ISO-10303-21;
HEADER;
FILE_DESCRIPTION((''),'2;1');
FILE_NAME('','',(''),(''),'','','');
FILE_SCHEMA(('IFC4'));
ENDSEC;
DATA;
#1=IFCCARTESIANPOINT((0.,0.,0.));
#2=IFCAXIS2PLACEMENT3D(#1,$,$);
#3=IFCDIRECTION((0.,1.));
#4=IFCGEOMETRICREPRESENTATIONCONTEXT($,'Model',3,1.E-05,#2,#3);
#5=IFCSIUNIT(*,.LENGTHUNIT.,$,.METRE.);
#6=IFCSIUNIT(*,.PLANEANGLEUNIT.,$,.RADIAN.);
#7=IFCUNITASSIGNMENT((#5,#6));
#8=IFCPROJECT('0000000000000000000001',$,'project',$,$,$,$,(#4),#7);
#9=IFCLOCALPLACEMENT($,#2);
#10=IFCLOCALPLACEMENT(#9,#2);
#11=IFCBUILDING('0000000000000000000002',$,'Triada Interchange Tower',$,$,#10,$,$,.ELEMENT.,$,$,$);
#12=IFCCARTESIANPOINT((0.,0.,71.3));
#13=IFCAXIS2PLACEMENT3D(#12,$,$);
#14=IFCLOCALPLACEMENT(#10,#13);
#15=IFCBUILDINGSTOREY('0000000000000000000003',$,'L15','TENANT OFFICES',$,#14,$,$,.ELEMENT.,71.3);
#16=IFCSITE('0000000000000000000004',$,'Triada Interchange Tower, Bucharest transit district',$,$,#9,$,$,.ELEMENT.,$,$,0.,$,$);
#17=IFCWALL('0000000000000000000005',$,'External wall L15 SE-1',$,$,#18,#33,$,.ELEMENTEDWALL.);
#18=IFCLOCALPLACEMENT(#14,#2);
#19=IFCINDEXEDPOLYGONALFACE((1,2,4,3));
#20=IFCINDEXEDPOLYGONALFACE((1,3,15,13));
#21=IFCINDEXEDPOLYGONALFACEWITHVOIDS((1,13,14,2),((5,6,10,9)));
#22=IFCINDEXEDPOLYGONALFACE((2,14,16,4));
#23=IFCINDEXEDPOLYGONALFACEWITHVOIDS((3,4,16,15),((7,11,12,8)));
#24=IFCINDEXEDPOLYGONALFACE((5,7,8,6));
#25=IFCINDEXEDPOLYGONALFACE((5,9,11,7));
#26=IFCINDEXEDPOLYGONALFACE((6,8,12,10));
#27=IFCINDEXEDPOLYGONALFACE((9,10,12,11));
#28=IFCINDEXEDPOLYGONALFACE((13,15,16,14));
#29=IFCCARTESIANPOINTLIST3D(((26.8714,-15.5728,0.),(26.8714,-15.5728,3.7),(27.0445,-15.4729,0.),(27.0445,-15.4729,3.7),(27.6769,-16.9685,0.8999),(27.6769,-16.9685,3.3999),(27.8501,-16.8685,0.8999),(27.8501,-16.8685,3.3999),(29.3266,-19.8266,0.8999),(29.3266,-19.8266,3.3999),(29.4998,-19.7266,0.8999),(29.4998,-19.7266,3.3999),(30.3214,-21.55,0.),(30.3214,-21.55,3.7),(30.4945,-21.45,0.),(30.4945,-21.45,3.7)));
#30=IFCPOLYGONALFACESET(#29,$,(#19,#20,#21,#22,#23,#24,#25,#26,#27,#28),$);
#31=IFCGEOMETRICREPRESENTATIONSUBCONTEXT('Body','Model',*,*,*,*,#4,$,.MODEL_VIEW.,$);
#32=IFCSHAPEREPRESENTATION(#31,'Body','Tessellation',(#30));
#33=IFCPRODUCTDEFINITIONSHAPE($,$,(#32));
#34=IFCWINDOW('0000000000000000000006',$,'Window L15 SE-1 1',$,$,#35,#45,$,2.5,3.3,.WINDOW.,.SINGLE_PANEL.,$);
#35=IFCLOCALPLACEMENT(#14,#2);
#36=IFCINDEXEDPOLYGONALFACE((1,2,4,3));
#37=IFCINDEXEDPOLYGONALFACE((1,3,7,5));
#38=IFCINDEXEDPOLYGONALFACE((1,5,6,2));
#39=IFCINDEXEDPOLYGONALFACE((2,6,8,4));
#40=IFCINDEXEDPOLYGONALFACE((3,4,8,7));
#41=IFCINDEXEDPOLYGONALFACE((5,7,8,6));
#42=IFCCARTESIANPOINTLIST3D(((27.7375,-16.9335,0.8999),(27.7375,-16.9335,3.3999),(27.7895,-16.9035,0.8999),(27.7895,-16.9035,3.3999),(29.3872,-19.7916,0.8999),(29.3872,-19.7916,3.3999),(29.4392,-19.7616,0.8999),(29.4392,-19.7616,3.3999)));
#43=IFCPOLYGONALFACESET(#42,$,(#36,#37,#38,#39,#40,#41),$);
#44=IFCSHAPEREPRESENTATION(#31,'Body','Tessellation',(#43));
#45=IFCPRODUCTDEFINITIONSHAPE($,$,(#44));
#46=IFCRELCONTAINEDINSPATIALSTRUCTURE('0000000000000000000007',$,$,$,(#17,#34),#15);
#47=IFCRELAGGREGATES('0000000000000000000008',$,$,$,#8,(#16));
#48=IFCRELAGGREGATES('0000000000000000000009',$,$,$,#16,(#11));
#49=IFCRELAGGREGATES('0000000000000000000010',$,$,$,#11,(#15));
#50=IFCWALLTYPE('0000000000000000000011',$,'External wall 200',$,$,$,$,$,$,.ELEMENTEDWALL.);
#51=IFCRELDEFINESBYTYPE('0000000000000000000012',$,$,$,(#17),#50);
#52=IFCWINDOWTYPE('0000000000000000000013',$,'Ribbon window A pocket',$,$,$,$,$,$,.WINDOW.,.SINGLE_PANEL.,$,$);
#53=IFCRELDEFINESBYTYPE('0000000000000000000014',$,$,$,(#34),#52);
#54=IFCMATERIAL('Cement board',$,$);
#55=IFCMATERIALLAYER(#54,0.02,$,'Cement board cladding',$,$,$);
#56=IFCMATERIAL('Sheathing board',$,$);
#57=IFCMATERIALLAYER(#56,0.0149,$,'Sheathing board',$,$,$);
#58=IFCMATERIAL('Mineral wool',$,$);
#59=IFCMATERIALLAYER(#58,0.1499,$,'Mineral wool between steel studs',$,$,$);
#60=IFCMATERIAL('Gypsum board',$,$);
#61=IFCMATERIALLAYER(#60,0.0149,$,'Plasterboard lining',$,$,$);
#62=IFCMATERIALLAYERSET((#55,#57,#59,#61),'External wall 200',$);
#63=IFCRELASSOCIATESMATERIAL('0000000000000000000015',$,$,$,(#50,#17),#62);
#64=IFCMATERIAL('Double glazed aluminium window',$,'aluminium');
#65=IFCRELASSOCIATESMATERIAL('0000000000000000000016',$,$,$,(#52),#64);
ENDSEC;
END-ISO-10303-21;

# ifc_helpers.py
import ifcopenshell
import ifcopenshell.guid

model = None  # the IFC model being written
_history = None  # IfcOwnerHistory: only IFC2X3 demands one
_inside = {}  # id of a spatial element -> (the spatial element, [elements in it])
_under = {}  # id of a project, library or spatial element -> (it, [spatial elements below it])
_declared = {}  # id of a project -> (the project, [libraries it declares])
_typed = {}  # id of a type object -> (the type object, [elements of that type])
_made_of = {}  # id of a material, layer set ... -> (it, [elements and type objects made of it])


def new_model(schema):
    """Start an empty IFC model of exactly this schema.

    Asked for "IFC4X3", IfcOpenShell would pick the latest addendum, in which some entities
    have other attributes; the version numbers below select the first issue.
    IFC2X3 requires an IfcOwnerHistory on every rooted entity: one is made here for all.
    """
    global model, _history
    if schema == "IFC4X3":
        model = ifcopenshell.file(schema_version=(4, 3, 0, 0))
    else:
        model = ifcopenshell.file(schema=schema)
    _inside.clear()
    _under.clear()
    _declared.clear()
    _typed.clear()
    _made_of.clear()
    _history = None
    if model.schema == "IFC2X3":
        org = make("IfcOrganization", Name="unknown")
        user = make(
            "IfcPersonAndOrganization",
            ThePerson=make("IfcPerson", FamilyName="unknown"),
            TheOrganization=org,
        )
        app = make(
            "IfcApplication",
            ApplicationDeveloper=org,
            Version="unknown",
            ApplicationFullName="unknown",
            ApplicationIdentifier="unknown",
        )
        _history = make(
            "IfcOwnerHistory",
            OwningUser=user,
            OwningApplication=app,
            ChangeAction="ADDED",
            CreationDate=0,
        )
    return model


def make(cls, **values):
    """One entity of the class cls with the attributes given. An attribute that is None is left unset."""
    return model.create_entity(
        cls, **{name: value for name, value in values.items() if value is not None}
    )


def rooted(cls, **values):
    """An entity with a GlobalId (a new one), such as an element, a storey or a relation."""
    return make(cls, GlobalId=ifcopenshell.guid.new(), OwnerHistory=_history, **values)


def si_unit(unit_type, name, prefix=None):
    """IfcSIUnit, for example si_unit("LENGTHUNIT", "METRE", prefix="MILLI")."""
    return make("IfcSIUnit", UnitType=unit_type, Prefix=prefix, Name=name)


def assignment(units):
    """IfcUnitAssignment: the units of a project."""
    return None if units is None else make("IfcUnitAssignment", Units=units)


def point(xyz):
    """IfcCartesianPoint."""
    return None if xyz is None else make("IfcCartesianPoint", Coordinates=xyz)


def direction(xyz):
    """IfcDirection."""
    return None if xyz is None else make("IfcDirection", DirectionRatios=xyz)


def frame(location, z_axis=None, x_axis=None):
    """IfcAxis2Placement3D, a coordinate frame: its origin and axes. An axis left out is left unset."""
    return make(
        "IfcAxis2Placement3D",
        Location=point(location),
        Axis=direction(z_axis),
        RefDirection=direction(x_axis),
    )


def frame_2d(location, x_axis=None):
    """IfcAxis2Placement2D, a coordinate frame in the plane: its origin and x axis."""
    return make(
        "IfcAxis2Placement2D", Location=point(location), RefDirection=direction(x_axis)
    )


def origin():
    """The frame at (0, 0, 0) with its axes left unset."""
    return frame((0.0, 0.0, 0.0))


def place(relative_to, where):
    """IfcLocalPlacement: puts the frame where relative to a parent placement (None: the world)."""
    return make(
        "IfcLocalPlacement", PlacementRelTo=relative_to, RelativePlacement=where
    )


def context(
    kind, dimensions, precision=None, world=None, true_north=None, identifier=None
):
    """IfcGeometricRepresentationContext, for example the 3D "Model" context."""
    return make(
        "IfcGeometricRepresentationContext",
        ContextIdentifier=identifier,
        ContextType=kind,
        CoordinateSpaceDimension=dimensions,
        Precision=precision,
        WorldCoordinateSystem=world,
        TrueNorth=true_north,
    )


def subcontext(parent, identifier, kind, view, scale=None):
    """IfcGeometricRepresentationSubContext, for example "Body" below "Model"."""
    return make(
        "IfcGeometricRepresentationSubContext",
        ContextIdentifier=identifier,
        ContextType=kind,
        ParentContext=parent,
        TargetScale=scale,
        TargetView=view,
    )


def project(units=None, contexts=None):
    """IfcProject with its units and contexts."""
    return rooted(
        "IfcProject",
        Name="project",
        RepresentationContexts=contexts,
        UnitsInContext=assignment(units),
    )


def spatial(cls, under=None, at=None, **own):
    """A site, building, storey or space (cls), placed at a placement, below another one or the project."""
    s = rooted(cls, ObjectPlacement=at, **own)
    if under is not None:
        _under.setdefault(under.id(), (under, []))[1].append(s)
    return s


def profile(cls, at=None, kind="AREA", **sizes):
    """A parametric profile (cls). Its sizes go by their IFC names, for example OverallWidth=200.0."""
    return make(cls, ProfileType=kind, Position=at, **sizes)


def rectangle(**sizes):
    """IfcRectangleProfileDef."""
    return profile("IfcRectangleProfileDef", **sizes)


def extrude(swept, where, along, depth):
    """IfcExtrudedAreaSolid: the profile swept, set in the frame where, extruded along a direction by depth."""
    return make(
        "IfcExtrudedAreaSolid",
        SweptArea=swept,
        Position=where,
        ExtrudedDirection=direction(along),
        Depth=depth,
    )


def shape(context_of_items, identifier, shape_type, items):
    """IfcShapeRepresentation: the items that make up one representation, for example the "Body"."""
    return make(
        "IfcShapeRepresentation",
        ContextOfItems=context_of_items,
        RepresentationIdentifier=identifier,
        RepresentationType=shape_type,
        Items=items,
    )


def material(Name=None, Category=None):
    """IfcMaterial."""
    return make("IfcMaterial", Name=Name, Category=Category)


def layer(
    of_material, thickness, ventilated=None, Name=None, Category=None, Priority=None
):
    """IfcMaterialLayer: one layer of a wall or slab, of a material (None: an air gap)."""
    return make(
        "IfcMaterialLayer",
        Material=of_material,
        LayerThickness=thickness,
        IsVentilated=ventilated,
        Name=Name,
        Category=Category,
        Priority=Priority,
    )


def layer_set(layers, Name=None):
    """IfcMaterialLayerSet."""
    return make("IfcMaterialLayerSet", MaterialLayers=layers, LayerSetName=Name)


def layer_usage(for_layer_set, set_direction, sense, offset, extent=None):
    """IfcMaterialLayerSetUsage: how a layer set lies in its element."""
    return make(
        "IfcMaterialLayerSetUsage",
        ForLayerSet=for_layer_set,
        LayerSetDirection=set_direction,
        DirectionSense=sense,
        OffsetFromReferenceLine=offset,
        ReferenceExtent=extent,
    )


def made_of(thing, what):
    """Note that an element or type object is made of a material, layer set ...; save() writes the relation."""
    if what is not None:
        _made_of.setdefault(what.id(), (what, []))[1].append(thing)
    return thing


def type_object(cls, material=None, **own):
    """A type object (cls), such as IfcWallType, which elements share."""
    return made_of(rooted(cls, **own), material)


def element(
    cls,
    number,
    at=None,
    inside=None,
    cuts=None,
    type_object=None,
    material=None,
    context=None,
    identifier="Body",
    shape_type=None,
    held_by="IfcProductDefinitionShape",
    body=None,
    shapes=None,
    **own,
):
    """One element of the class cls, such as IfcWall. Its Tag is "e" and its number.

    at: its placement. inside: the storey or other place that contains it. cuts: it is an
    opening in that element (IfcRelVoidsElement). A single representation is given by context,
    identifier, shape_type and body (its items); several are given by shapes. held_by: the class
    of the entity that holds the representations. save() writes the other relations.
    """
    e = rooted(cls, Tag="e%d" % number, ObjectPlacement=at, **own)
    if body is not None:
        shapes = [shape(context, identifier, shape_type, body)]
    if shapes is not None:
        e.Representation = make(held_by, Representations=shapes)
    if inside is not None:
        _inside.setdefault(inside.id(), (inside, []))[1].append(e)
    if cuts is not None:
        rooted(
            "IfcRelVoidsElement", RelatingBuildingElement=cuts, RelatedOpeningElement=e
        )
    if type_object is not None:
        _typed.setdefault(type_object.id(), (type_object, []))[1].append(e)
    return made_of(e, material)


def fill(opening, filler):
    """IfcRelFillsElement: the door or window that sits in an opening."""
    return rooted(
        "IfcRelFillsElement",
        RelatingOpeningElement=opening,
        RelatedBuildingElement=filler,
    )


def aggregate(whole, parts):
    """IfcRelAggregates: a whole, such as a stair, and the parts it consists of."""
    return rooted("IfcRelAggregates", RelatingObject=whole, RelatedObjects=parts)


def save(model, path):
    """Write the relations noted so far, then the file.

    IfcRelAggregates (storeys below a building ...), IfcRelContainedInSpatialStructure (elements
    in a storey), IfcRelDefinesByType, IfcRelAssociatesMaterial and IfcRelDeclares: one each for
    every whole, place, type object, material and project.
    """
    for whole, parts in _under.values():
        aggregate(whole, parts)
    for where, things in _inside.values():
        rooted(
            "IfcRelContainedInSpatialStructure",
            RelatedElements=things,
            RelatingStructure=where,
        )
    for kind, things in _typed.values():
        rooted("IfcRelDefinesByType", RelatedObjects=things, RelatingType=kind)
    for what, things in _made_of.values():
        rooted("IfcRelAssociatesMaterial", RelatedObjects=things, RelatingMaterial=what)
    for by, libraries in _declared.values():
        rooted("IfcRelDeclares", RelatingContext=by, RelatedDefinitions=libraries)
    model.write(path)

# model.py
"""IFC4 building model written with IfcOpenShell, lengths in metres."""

from ifc_helpers import new_model, si_unit, direction, frame, frame_2d, origin, place, context, subcontext, project, spatial, rectangle, extrude, material, layer, layer_set, layer_usage, type_object, element, fill, save


model = new_model("IFC4")

# Units and contexts
model_context = context("Model", 3, precision=1e-05, world=origin(), true_north=direction((0.0, 1.0)))
body_context = subcontext(model_context, "Body", "Model", "MODEL_VIEW")
ifc_project = project(units=[si_unit("LENGTHUNIT", "METRE"), si_unit("PLANEANGLEUNIT", "RADIAN")], contexts=[model_context])

# Site, building, storey
site_placement = place(None, origin())
site = spatial("IfcSite", under=ifc_project, at=site_placement, Name="Triada Interchange Tower, Bucharest transit district", CompositionType="ELEMENT", RefElevation=0.0)
building_placement = place(site_placement, origin())
building = spatial("IfcBuilding", under=site, at=building_placement, Name="Triada Interchange Tower", CompositionType="ELEMENT")
storey_placement = place(building_placement, frame((0.0, 0.0, 71.3)))
storey = spatial("IfcBuildingStorey", under=building, at=storey_placement, Name="L15", Description="TENANT OFFICES", CompositionType="ELEMENT", Elevation=71.3)

# Wall, opening, window
ifc_material_1 = material(Name="Cement board")
ifc_layer_1 = layer(ifc_material_1, 0.02, Name="Cement board cladding")
ifc_material_2 = material(Name="Sheathing board")
ifc_layer_2 = layer(ifc_material_2, 0.0149, Name="Sheathing board")
ifc_material_3 = material(Name="Mineral wool")
ifc_layer_3 = layer(ifc_material_3, 0.1499, Name="Mineral wool between steel studs")
ifc_material_4 = material(Name="Gypsum board")
ifc_layer_4 = layer(ifc_material_4, 0.0149, Name="Plasterboard lining")
ifc_layer_set_1 = layer_set([ifc_layer_1, ifc_layer_2, ifc_layer_3, ifc_layer_4], Name="External wall 200")
ifc_layer_usage = layer_usage(ifc_layer_set_1, "AXIS2", "POSITIVE", -0.1001)
wall_type = type_object("IfcWallType", Name="External wall 200", PredefinedType="ELEMENTEDWALL", material=ifc_layer_set_1)
wall_1_placement = place(storey_placement, frame((30.408, -21.5, 0.0), z_axis=(0.0, 0.0, 1.0), x_axis=(-0.499902, 0.866082, 0.0)))
wall_1 = element("IfcWall", 1, at=wall_1_placement, inside=storey, type_object=wall_type, material=ifc_layer_usage, Name="External wall L15 SE-1", PredefinedType="ELEMENTEDWALL", context=body_context, shape_type="SweptSolid", body=[
    extrude(rectangle(XDim=6.9014, YDim=0.2, at=frame_2d((3.4507, 0.0))), origin(), (0.0, 0.0, 1.0), 3.7),
])
opening_1_placement = place(wall_1_placement, frame((1.99, 0.0, 0.8999)))
opening_1 = element("IfcOpeningElement", 2, at=opening_1_placement, cuts=wall_1, PredefinedType="OPENING", context=body_context, shape_type="SweptSolid", body=[
    extrude(rectangle(XDim=3.3, YDim=2.5, at=frame_2d((1.6499, 1.25))), frame((0.0, 0.1099, 0.0), z_axis=(0.0, -1.0, 0.0), x_axis=(1.0, 0.0, 0.0)), (0.0, 0.0, 1.0), 0.22),
])
ifc_material_5 = material(Name="Double glazed aluminium window", Category="aluminium")
window_type_1 = type_object("IfcWindowType", Name="Ribbon window A pocket", PartitioningType="SINGLE_PANEL", PredefinedType="WINDOW", material=ifc_material_5)
window_1_placement = place(opening_1_placement, origin())
window_1 = element("IfcWindow", 3, at=window_1_placement, inside=storey, type_object=window_type_1, Name="Window L15 SE-1 1", OverallHeight=2.5, OverallWidth=3.3, PartitioningType="SINGLE_PANEL", PredefinedType="WINDOW", context=body_context, shape_type="SweptSolid", body=[
    extrude(rectangle(XDim=3.3, YDim=2.5, at=frame_2d((1.6499, 1.25))), frame((0.0, 0.03, 0.0), z_axis=(0.0, -1.0, 0.0), x_axis=(1.0, 0.0, 0.0)), (0.0, 0.0, 1.0), 0.0601),
])
fill(opening_1, window_1)

save(model, "model.ifc")
